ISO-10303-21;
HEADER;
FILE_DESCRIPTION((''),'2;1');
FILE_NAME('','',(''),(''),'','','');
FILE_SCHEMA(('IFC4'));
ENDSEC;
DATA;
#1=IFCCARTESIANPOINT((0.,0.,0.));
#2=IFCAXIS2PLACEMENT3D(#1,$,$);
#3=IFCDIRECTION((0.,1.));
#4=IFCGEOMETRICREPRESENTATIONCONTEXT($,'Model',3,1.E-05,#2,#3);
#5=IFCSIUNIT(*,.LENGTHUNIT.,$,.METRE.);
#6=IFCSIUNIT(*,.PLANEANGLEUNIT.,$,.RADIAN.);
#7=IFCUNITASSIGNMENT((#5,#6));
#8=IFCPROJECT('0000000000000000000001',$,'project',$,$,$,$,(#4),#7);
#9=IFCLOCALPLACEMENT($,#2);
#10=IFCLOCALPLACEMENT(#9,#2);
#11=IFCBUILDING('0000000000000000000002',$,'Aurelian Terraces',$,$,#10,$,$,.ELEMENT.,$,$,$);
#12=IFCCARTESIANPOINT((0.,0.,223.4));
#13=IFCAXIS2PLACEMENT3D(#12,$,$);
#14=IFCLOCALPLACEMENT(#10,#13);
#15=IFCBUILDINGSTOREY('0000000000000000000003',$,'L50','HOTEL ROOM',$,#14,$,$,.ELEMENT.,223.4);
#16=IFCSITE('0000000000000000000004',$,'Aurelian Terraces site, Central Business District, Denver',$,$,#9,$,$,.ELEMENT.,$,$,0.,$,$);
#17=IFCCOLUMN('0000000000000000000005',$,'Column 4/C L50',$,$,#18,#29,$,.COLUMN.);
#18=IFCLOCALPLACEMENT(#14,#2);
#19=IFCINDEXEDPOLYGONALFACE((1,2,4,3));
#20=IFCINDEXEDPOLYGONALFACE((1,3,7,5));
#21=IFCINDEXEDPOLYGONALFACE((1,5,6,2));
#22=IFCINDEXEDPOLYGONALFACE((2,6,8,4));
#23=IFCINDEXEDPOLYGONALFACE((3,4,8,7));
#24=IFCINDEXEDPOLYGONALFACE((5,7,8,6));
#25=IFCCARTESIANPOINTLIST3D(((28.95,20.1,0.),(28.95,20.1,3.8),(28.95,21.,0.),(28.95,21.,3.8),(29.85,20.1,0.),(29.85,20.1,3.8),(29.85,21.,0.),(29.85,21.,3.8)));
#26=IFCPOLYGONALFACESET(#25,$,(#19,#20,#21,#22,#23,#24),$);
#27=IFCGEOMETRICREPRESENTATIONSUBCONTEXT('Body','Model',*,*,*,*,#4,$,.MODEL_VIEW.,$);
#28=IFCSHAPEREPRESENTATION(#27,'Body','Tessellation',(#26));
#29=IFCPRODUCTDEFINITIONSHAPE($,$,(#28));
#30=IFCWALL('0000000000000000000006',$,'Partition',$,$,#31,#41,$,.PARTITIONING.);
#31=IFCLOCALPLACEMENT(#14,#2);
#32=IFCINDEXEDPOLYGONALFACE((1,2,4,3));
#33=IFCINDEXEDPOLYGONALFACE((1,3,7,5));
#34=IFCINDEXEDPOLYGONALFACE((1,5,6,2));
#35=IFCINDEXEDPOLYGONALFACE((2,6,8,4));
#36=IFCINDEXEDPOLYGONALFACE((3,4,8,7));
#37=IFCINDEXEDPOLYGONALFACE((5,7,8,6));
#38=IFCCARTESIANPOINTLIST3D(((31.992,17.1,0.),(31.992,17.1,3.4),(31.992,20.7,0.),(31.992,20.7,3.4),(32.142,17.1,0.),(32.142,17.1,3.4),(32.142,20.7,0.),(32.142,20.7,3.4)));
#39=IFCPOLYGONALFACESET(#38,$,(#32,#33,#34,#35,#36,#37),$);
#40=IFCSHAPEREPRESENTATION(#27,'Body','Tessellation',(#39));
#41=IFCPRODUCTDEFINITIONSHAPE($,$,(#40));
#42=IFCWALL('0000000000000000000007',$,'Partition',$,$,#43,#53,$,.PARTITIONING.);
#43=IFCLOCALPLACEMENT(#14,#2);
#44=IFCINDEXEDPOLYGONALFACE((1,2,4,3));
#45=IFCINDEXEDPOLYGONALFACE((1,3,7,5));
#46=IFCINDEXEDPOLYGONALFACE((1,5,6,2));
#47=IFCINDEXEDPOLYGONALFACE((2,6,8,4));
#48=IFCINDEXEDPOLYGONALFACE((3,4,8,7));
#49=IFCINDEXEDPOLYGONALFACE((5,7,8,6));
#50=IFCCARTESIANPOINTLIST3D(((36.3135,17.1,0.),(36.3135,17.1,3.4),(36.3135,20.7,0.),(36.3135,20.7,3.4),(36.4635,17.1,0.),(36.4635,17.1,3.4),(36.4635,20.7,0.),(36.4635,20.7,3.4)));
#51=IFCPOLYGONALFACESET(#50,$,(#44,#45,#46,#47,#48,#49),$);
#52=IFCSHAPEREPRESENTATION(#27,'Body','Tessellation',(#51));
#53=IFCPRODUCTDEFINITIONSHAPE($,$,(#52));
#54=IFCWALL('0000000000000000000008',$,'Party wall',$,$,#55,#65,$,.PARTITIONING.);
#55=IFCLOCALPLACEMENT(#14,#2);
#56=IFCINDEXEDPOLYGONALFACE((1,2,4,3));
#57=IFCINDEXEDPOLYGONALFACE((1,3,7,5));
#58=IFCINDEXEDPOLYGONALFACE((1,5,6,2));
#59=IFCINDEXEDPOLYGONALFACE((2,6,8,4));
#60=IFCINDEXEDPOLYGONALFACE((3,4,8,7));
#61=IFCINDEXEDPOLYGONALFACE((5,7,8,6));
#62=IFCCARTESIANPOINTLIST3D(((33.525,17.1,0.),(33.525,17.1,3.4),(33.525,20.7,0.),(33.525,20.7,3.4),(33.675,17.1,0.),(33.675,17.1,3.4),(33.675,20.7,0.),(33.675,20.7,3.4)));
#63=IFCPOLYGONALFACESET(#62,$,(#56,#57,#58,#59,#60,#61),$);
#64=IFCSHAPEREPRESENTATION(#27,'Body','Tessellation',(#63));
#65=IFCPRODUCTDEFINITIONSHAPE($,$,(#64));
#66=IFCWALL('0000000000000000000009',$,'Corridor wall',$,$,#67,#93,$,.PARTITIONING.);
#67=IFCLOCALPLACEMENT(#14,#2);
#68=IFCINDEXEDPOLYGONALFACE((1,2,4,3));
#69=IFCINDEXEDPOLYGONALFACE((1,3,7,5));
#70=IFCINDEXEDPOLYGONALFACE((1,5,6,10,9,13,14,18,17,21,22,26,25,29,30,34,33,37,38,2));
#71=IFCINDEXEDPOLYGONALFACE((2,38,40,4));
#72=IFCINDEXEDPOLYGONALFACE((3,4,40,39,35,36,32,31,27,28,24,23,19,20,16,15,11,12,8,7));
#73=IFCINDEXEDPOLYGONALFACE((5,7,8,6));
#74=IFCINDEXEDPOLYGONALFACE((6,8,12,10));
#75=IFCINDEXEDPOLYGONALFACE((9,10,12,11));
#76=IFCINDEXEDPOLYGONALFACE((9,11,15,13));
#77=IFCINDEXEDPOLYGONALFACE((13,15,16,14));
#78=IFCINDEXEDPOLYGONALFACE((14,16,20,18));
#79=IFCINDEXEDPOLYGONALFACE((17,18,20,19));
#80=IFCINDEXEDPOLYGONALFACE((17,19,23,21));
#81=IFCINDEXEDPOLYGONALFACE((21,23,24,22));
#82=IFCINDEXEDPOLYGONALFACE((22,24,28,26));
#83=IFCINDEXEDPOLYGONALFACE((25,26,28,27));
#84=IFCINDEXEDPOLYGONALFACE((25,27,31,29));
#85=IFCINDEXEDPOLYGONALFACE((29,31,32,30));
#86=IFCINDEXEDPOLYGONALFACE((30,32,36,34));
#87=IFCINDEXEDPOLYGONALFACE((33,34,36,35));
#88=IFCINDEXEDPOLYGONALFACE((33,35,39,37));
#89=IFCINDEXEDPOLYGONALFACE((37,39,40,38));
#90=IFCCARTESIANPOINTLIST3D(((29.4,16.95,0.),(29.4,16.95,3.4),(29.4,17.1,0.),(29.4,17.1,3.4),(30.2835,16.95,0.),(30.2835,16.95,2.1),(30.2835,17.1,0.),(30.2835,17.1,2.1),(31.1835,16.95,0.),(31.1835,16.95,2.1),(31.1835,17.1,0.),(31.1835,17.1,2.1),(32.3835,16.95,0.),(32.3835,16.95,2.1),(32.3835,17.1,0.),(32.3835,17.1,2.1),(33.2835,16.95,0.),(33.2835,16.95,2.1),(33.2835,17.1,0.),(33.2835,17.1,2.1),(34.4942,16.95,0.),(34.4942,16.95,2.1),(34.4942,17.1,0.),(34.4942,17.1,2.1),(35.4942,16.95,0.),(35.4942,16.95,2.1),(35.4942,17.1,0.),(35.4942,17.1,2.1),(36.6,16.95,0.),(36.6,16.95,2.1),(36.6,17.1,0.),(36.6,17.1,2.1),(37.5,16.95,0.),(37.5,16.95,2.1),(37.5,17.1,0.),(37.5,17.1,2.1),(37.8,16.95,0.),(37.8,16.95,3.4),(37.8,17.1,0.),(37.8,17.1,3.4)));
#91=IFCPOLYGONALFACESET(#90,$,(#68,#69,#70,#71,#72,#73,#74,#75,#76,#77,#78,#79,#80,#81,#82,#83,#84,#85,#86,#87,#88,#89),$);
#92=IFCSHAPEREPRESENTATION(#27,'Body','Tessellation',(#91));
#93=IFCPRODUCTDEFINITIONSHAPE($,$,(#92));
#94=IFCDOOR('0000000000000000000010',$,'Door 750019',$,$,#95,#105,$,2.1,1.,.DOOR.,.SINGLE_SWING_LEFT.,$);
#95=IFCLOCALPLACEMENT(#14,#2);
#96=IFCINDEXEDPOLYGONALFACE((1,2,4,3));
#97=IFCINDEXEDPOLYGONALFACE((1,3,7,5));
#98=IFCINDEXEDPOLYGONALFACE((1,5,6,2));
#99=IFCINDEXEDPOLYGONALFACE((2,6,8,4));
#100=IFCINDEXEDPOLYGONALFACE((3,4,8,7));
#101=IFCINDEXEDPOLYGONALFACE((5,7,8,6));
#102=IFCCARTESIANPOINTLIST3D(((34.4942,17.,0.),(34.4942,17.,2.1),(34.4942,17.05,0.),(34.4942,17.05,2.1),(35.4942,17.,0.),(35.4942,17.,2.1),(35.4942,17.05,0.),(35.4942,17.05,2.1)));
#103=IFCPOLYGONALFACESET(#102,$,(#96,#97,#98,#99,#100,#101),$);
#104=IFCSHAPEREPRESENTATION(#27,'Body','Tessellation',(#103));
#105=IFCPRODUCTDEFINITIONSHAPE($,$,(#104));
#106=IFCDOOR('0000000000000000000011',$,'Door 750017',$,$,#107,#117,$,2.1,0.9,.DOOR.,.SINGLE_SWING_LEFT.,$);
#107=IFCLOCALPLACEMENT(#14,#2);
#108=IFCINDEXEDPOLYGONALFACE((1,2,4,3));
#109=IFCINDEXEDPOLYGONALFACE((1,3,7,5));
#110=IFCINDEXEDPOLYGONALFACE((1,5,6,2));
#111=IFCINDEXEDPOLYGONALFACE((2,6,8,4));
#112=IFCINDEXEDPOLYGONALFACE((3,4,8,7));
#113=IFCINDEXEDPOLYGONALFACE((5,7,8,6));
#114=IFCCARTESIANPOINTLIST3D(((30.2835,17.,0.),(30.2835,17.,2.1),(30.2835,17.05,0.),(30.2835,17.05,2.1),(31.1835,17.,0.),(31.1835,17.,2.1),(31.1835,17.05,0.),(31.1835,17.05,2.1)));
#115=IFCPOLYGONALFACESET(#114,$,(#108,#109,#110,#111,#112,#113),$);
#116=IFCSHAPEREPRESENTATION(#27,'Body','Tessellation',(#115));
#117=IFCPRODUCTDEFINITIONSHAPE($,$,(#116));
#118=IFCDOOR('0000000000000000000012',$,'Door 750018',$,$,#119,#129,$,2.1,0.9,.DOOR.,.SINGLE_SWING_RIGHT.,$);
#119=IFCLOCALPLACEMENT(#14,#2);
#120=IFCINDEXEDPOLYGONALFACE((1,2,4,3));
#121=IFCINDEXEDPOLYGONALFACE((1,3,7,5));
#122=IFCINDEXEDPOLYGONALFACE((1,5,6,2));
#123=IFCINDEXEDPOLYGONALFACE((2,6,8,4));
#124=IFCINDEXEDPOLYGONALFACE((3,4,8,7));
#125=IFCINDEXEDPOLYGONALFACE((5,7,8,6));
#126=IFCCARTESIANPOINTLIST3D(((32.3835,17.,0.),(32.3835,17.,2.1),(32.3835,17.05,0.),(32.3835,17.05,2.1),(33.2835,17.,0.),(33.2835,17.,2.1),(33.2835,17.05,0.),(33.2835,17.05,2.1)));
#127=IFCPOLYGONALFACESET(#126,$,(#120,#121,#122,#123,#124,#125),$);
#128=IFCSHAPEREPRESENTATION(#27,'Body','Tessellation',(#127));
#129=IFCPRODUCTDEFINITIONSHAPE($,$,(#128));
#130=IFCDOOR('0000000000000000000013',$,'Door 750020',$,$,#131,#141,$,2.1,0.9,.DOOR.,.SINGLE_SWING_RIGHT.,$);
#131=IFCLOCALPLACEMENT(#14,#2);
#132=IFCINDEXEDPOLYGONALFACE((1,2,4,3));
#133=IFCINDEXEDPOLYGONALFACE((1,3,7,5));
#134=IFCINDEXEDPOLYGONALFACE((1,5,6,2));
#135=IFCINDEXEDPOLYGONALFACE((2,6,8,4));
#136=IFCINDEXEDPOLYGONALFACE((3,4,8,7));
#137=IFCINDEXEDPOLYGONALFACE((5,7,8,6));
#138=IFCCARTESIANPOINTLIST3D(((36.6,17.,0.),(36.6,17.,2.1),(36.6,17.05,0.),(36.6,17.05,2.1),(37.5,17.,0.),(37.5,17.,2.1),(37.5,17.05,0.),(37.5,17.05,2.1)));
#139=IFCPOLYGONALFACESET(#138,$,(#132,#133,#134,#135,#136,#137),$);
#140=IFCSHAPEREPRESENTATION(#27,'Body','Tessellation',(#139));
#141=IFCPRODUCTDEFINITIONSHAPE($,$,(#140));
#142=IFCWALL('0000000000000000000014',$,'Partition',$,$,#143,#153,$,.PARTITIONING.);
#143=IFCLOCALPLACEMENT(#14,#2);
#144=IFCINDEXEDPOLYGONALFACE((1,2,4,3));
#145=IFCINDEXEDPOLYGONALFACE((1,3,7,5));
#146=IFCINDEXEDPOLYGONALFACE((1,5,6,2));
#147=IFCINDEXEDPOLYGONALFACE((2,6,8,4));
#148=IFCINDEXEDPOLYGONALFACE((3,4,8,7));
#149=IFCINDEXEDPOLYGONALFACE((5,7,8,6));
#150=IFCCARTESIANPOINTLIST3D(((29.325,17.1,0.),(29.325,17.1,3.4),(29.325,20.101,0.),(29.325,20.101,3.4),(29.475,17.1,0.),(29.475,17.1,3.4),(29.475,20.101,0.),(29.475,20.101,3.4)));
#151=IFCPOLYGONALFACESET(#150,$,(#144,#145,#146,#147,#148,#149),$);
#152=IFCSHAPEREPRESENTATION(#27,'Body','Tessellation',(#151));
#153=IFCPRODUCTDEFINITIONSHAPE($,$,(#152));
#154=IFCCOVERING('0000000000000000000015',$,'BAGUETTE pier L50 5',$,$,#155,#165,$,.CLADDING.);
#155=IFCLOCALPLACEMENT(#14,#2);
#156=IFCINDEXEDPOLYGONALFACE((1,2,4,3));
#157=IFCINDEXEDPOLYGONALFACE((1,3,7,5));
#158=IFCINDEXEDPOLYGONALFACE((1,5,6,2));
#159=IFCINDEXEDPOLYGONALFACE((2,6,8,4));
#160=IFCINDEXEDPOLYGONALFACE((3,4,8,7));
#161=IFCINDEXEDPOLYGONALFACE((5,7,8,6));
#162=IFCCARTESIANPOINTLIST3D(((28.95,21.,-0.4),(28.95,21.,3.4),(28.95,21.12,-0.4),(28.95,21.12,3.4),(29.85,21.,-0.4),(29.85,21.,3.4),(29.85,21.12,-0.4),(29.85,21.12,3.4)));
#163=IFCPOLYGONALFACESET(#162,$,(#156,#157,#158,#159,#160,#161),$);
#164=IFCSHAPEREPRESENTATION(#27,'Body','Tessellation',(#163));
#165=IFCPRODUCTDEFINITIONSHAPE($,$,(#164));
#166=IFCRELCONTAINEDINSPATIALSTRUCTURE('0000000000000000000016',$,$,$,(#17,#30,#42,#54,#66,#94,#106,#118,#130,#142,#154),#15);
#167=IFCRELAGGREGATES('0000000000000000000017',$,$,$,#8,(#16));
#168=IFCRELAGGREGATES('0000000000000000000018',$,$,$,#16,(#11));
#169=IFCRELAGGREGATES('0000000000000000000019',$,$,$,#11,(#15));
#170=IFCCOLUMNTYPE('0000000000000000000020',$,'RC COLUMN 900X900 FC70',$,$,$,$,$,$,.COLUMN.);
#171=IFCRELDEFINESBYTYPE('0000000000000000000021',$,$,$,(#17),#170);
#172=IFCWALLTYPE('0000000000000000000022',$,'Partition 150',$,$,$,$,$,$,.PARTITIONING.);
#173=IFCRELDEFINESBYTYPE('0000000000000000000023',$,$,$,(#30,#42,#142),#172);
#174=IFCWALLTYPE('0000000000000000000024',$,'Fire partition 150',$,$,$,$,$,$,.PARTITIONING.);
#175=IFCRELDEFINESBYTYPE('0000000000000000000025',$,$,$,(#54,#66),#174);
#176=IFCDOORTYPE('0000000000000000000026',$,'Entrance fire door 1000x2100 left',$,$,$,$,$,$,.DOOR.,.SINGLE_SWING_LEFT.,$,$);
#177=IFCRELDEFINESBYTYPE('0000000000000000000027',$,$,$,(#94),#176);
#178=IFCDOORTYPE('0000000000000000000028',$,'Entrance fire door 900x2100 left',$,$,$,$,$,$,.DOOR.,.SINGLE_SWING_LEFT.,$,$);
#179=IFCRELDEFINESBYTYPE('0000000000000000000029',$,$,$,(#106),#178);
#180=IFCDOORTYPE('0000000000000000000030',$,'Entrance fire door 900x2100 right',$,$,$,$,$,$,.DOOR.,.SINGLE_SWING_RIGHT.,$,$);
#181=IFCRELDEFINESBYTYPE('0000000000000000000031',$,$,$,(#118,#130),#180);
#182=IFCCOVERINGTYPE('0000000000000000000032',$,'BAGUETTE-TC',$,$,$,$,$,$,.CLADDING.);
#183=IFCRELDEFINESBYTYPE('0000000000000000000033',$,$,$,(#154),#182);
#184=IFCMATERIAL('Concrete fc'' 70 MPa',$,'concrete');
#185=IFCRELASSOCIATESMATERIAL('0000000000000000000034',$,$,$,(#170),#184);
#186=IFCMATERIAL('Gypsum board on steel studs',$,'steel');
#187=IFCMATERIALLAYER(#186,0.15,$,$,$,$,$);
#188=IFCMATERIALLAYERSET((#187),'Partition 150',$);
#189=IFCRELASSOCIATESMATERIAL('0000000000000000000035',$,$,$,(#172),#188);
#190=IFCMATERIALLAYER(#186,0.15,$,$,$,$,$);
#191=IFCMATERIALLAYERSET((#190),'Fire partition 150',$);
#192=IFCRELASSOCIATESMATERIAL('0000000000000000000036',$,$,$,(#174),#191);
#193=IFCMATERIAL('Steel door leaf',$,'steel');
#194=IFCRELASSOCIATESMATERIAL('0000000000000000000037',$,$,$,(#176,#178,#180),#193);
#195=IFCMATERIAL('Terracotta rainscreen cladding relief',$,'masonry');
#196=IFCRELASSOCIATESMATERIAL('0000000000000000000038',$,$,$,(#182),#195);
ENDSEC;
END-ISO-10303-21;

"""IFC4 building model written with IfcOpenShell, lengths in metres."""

from ifc_helpers import new_model, si_unit, direction, frame, frame_2d, origin, origin_2d, place, context, subcontext, project, spatial, rectangle, extrude, source, transform, mapped, material, layer, layer_set, material_profile, profile_set, type_object, element, fill, save


model = new_model("IFC4")

# Units and contexts
model_context = context("Model", 3, precision=1e-05, world=origin(), true_north=direction((0.0, 1.0)))
body_context = subcontext(model_context, "Body", "Model", "MODEL_VIEW")
ifc_project = project(units=[si_unit("LENGTHUNIT", "METRE"), si_unit("PLANEANGLEUNIT", "RADIAN")], contexts=[model_context])

# Site, building, storey
site_placement = place(None, origin())
site = spatial("IfcSite", under=ifc_project, at=site_placement, Name="Aurelian Terraces site, Central Business District, Denver", CompositionType="ELEMENT", RefElevation=0.0)
building_placement = place(site_placement, origin())
building = spatial("IfcBuilding", under=site, at=building_placement, Name="Aurelian Terraces", CompositionType="ELEMENT")
storey_placement = place(building_placement, frame((0.0, 0.0, 223.4)))
storey = spatial("IfcBuildingStorey", under=building, at=storey_placement, Name="L50", Description="HOTEL ROOM", CompositionType="ELEMENT", Elevation=223.4)

# Column
ifc_material_1 = material(Name="Concrete fc' 70 MPa", Category="concrete")
ifc_material_profile = material_profile(ifc_material_1, rectangle(XDim=0.9, YDim=0.9, at=origin_2d()))
ifc_profile_set = profile_set([ifc_material_profile], Name="Concrete fc' 70 MPa")
column_type = type_object("IfcColumnType", Name="RC COLUMN 900X900 FC70", PredefinedType="COLUMN", material=ifc_profile_set)
shared_shape_1 = source(origin(), body_context, "Body", "SweptSolid", [
    extrude(rectangle(XDim=0.9, YDim=0.9, at=origin_2d()), origin(), (0.0, 0.0, 1.0), 3.8),
])
column_placement = place(storey_placement, frame((29.4, 20.55, 0.0), z_axis=(0.0, 0.0, 1.0), x_axis=(1.0, 0.0, 0.0)))
element("IfcColumn", 1, at=column_placement, inside=storey, type_object=column_type, Name="Column 4/C L50", PredefinedType="COLUMN", context=body_context, shape_type="MappedRepresentation", body=[
    mapped(shared_shape_1, transform((0.0, 0.0, 0.0), scale=1.0)),
])

# Walls
ifc_material_2 = material(Name="Gypsum board on steel studs", Category="steel")
ifc_layer_1 = layer(ifc_material_2, 0.15)
ifc_layer_set_1 = layer_set([ifc_layer_1], Name="Partition 150")
wall_type_1 = type_object("IfcWallType", Name="Partition 150", PredefinedType="PARTITIONING", material=ifc_layer_set_1)
shared_shape_2 = source(origin(), body_context, "Body", "SweptSolid", [
    extrude(rectangle(XDim=3.6, YDim=0.15, at=frame_2d((1.8, 0.0))), origin(), (0.0, 0.0, 1.0), 3.4),
])
for number, where, z_axis, x_axis, name in (
    (2, (32.067, 20.7, 0.0), (0.0, 0.0, 1.0), (0.0, -1.0, 0.0), "Partition"),
    (3, (36.3885, 20.7, 0.0), (0.0, 0.0, 1.0), (0.0, -1.0, 0.0), "Partition"),
):
    element("IfcWall", number, at=place(storey_placement, frame(where, z_axis=z_axis, x_axis=x_axis)), inside=storey, type_object=wall_type_1, Name=name, PredefinedType="PARTITIONING", context=body_context, shape_type="MappedRepresentation", body=[
        mapped(shared_shape_2, transform((0.0, 0.0, 0.0), scale=1.0)),
    ])
ifc_layer_2 = layer(ifc_material_2, 0.15)
ifc_layer_set_2 = layer_set([ifc_layer_2], Name="Fire partition 150")
wall_type_2 = type_object("IfcWallType", Name="Fire partition 150", PredefinedType="PARTITIONING", material=ifc_layer_set_2)
wall_1_placement = place(storey_placement, frame((33.6, 17.1, 0.0), z_axis=(0.0, 0.0, 1.0), x_axis=(0.0, 1.0, 0.0)))
element("IfcWall", 4, at=wall_1_placement, inside=storey, type_object=wall_type_2, Name="Party wall", PredefinedType="PARTITIONING", context=body_context, shape_type="MappedRepresentation", body=[
    mapped(shared_shape_2, transform((0.0, 0.0, 0.0), scale=1.0)),
])

# Wall, openings, doors
shared_shape_3 = source(origin(), body_context, "Body", "SweptSolid", [
    extrude(rectangle(XDim=8.4, YDim=0.15, at=frame_2d((4.2, 0.0))), origin(), (0.0, 0.0, 1.0), 3.4),
])
wall_2_placement = place(storey_placement, frame((29.4, 17.025, 0.0), z_axis=(0.0, 0.0, 1.0), x_axis=(1.0, 0.0, 0.0)))
wall_2 = element("IfcWall", 5, at=wall_2_placement, inside=storey, type_object=wall_type_2, Name="Corridor wall", PredefinedType="PARTITIONING", context=body_context, shape_type="MappedRepresentation", body=[
    mapped(shared_shape_3, transform((0.0, 0.0, 0.0), scale=1.0)),
])
shared_shape_4 = source(origin(), body_context, "Body", "SweptSolid", [
    extrude(rectangle(XDim=0.9, YDim=2.1, at=frame_2d((0.45, 1.05))), frame((0.0, 0.085, 0.0), z_axis=(0.0, -1.0, 0.0), x_axis=(1.0, 0.0, 0.0)), (0.0, 0.0, 1.0), 0.17),
])
opening_1_placement = place(wall_2_placement, frame((0.8835, 0.0, 0.0)))
opening_1 = element("IfcOpeningElement", 6, at=opening_1_placement, cuts=wall_2, PredefinedType="OPENING", context=body_context, shape_type="MappedRepresentation", body=[
    mapped(shared_shape_4, transform((0.0, 0.0, 0.0), scale=1.0)),
])
opening_2_placement = place(wall_2_placement, frame((2.9835, 0.0, 0.0)))
opening_2 = element("IfcOpeningElement", 7, at=opening_2_placement, cuts=wall_2, PredefinedType="OPENING", context=body_context, shape_type="MappedRepresentation", body=[
    mapped(shared_shape_4, transform((0.0, 0.0, 0.0), scale=1.0)),
])
shared_shape_5 = source(origin(), body_context, "Body", "SweptSolid", [
    extrude(rectangle(XDim=1.0, YDim=2.1, at=frame_2d((0.5, 1.05))), frame((0.0, 0.085, 0.0), z_axis=(0.0, -1.0, 0.0), x_axis=(1.0, 0.0, 0.0)), (0.0, 0.0, 1.0), 0.17),
])
opening_3_placement = place(wall_2_placement, frame((5.0942, 0.0, 0.0)))
opening_3 = element("IfcOpeningElement", 8, at=opening_3_placement, cuts=wall_2, PredefinedType="OPENING", context=body_context, shape_type="MappedRepresentation", body=[
    mapped(shared_shape_5, transform((0.0, 0.0, 0.0), scale=1.0)),
])
opening_4_placement = place(wall_2_placement, frame((7.2, 0.0, 0.0)))
opening_4 = element("IfcOpeningElement", 9, at=opening_4_placement, cuts=wall_2, PredefinedType="OPENING", context=body_context, shape_type="MappedRepresentation", body=[
    mapped(shared_shape_4, transform((0.0, 0.0, 0.0), scale=1.0)),
])
ifc_material_3 = material(Name="Steel door leaf", Category="steel")
door_type_1 = type_object("IfcDoorType", Name="Entrance fire door 1000x2100 left", OperationType="SINGLE_SWING_LEFT", PredefinedType="DOOR", material=ifc_material_3)
shared_shape_6 = source(origin(), body_context, "Body", "SweptSolid", [
    extrude(rectangle(XDim=1.0, YDim=2.1, at=frame_2d((0.5, 1.05))), frame((0.0, 0.025, 0.0), z_axis=(0.0, -1.0, 0.0), x_axis=(1.0, 0.0, 0.0)), (0.0, 0.0, 1.0), 0.05),
])
door_1_placement = place(opening_3_placement, origin())
door_1 = element("IfcDoor", 10, at=door_1_placement, inside=storey, type_object=door_type_1, Name="Door 750019", OperationType="SINGLE_SWING_LEFT", OverallHeight=2.1, OverallWidth=1.0, PredefinedType="DOOR", context=body_context, shape_type="MappedRepresentation", body=[
    mapped(shared_shape_6, transform((0.0, 0.0, 0.0), scale=1.0)),
])
fill(opening_3, door_1)
door_type_2 = type_object("IfcDoorType", Name="Entrance fire door 900x2100 left", OperationType="SINGLE_SWING_LEFT", PredefinedType="DOOR", material=ifc_material_3)
shared_shape_7 = source(origin(), body_context, "Body", "SweptSolid", [
    extrude(rectangle(XDim=0.9, YDim=2.1, at=frame_2d((0.45, 1.05))), frame((0.0, 0.025, 0.0), z_axis=(0.0, -1.0, 0.0), x_axis=(1.0, 0.0, 0.0)), (0.0, 0.0, 1.0), 0.05),
])
door_2_placement = place(opening_1_placement, origin())
door_2 = element("IfcDoor", 11, at=door_2_placement, inside=storey, type_object=door_type_2, Name="Door 750017", OperationType="SINGLE_SWING_LEFT", OverallHeight=2.1, OverallWidth=0.9, PredefinedType="DOOR", context=body_context, shape_type="MappedRepresentation", body=[
    mapped(shared_shape_7, transform((0.0, 0.0, 0.0), scale=1.0)),
])
fill(opening_1, door_2)
door_type_3 = type_object("IfcDoorType", Name="Entrance fire door 900x2100 right", OperationType="SINGLE_SWING_RIGHT", PredefinedType="DOOR", material=ifc_material_3)
door_3_placement = place(opening_2_placement, origin())
door_3 = element("IfcDoor", 12, at=door_3_placement, inside=storey, type_object=door_type_3, Name="Door 750018", OperationType="SINGLE_SWING_RIGHT", OverallHeight=2.1, OverallWidth=0.9, PredefinedType="DOOR", context=body_context, shape_type="MappedRepresentation", body=[
    mapped(shared_shape_7, transform((0.0, 0.0, 0.0), scale=1.0)),
])
fill(opening_2, door_3)
door_4_placement = place(opening_4_placement, origin())
door_4 = element("IfcDoor", 13, at=door_4_placement, inside=storey, type_object=door_type_3, Name="Door 750020", OperationType="SINGLE_SWING_RIGHT", OverallHeight=2.1, OverallWidth=0.9, PredefinedType="DOOR", context=body_context, shape_type="MappedRepresentation", body=[
    mapped(shared_shape_7, transform((0.0, 0.0, 0.0), scale=1.0)),
])
fill(opening_4, door_4)

# Wall
shared_shape_8 = source(origin(), body_context, "Body", "SweptSolid", [
    extrude(rectangle(XDim=3.001, YDim=0.15, at=frame_2d((1.5005, 0.0))), origin(), (0.0, 0.0, 1.0), 3.4),
])
wall_3_placement = place(storey_placement, frame((29.4, 17.1, 0.0), z_axis=(0.0, 0.0, 1.0), x_axis=(0.0, 1.0, 0.0)))
element("IfcWall", 14, at=wall_3_placement, inside=storey, type_object=wall_type_1, Name="Partition", PredefinedType="PARTITIONING", context=body_context, shape_type="MappedRepresentation", body=[
    mapped(shared_shape_8, transform((0.0, 0.0, 0.0), scale=1.0)),
])

# Covering
ifc_material_4 = material(Name="Terracotta rainscreen cladding relief", Category="masonry")
covering_type = type_object("IfcCoveringType", Name="BAGUETTE-TC", PredefinedType="CLADDING", material=ifc_material_4)
shared_shape_9 = source(origin(), body_context, "Body", "SweptSolid", [
    extrude(rectangle(XDim=0.9, YDim=0.12, at=origin_2d()), origin(), (0.0, 0.0, 1.0), 3.8),
])
covering_placement = place(storey_placement, frame((29.4, 21.06, -0.4), z_axis=(0.0, 0.0, 1.0), x_axis=(1.0, 0.0, 0.0)))
element("IfcCovering", 15, at=covering_placement, inside=storey, type_object=covering_type, Name="BAGUETTE pier L50 5", PredefinedType="CLADDING", context=body_context, shape_type="MappedRepresentation", body=[
    mapped(shared_shape_9, transform((0.0, 0.0, 0.0), scale=1.0)),
])

save(model, "model.ifc")
